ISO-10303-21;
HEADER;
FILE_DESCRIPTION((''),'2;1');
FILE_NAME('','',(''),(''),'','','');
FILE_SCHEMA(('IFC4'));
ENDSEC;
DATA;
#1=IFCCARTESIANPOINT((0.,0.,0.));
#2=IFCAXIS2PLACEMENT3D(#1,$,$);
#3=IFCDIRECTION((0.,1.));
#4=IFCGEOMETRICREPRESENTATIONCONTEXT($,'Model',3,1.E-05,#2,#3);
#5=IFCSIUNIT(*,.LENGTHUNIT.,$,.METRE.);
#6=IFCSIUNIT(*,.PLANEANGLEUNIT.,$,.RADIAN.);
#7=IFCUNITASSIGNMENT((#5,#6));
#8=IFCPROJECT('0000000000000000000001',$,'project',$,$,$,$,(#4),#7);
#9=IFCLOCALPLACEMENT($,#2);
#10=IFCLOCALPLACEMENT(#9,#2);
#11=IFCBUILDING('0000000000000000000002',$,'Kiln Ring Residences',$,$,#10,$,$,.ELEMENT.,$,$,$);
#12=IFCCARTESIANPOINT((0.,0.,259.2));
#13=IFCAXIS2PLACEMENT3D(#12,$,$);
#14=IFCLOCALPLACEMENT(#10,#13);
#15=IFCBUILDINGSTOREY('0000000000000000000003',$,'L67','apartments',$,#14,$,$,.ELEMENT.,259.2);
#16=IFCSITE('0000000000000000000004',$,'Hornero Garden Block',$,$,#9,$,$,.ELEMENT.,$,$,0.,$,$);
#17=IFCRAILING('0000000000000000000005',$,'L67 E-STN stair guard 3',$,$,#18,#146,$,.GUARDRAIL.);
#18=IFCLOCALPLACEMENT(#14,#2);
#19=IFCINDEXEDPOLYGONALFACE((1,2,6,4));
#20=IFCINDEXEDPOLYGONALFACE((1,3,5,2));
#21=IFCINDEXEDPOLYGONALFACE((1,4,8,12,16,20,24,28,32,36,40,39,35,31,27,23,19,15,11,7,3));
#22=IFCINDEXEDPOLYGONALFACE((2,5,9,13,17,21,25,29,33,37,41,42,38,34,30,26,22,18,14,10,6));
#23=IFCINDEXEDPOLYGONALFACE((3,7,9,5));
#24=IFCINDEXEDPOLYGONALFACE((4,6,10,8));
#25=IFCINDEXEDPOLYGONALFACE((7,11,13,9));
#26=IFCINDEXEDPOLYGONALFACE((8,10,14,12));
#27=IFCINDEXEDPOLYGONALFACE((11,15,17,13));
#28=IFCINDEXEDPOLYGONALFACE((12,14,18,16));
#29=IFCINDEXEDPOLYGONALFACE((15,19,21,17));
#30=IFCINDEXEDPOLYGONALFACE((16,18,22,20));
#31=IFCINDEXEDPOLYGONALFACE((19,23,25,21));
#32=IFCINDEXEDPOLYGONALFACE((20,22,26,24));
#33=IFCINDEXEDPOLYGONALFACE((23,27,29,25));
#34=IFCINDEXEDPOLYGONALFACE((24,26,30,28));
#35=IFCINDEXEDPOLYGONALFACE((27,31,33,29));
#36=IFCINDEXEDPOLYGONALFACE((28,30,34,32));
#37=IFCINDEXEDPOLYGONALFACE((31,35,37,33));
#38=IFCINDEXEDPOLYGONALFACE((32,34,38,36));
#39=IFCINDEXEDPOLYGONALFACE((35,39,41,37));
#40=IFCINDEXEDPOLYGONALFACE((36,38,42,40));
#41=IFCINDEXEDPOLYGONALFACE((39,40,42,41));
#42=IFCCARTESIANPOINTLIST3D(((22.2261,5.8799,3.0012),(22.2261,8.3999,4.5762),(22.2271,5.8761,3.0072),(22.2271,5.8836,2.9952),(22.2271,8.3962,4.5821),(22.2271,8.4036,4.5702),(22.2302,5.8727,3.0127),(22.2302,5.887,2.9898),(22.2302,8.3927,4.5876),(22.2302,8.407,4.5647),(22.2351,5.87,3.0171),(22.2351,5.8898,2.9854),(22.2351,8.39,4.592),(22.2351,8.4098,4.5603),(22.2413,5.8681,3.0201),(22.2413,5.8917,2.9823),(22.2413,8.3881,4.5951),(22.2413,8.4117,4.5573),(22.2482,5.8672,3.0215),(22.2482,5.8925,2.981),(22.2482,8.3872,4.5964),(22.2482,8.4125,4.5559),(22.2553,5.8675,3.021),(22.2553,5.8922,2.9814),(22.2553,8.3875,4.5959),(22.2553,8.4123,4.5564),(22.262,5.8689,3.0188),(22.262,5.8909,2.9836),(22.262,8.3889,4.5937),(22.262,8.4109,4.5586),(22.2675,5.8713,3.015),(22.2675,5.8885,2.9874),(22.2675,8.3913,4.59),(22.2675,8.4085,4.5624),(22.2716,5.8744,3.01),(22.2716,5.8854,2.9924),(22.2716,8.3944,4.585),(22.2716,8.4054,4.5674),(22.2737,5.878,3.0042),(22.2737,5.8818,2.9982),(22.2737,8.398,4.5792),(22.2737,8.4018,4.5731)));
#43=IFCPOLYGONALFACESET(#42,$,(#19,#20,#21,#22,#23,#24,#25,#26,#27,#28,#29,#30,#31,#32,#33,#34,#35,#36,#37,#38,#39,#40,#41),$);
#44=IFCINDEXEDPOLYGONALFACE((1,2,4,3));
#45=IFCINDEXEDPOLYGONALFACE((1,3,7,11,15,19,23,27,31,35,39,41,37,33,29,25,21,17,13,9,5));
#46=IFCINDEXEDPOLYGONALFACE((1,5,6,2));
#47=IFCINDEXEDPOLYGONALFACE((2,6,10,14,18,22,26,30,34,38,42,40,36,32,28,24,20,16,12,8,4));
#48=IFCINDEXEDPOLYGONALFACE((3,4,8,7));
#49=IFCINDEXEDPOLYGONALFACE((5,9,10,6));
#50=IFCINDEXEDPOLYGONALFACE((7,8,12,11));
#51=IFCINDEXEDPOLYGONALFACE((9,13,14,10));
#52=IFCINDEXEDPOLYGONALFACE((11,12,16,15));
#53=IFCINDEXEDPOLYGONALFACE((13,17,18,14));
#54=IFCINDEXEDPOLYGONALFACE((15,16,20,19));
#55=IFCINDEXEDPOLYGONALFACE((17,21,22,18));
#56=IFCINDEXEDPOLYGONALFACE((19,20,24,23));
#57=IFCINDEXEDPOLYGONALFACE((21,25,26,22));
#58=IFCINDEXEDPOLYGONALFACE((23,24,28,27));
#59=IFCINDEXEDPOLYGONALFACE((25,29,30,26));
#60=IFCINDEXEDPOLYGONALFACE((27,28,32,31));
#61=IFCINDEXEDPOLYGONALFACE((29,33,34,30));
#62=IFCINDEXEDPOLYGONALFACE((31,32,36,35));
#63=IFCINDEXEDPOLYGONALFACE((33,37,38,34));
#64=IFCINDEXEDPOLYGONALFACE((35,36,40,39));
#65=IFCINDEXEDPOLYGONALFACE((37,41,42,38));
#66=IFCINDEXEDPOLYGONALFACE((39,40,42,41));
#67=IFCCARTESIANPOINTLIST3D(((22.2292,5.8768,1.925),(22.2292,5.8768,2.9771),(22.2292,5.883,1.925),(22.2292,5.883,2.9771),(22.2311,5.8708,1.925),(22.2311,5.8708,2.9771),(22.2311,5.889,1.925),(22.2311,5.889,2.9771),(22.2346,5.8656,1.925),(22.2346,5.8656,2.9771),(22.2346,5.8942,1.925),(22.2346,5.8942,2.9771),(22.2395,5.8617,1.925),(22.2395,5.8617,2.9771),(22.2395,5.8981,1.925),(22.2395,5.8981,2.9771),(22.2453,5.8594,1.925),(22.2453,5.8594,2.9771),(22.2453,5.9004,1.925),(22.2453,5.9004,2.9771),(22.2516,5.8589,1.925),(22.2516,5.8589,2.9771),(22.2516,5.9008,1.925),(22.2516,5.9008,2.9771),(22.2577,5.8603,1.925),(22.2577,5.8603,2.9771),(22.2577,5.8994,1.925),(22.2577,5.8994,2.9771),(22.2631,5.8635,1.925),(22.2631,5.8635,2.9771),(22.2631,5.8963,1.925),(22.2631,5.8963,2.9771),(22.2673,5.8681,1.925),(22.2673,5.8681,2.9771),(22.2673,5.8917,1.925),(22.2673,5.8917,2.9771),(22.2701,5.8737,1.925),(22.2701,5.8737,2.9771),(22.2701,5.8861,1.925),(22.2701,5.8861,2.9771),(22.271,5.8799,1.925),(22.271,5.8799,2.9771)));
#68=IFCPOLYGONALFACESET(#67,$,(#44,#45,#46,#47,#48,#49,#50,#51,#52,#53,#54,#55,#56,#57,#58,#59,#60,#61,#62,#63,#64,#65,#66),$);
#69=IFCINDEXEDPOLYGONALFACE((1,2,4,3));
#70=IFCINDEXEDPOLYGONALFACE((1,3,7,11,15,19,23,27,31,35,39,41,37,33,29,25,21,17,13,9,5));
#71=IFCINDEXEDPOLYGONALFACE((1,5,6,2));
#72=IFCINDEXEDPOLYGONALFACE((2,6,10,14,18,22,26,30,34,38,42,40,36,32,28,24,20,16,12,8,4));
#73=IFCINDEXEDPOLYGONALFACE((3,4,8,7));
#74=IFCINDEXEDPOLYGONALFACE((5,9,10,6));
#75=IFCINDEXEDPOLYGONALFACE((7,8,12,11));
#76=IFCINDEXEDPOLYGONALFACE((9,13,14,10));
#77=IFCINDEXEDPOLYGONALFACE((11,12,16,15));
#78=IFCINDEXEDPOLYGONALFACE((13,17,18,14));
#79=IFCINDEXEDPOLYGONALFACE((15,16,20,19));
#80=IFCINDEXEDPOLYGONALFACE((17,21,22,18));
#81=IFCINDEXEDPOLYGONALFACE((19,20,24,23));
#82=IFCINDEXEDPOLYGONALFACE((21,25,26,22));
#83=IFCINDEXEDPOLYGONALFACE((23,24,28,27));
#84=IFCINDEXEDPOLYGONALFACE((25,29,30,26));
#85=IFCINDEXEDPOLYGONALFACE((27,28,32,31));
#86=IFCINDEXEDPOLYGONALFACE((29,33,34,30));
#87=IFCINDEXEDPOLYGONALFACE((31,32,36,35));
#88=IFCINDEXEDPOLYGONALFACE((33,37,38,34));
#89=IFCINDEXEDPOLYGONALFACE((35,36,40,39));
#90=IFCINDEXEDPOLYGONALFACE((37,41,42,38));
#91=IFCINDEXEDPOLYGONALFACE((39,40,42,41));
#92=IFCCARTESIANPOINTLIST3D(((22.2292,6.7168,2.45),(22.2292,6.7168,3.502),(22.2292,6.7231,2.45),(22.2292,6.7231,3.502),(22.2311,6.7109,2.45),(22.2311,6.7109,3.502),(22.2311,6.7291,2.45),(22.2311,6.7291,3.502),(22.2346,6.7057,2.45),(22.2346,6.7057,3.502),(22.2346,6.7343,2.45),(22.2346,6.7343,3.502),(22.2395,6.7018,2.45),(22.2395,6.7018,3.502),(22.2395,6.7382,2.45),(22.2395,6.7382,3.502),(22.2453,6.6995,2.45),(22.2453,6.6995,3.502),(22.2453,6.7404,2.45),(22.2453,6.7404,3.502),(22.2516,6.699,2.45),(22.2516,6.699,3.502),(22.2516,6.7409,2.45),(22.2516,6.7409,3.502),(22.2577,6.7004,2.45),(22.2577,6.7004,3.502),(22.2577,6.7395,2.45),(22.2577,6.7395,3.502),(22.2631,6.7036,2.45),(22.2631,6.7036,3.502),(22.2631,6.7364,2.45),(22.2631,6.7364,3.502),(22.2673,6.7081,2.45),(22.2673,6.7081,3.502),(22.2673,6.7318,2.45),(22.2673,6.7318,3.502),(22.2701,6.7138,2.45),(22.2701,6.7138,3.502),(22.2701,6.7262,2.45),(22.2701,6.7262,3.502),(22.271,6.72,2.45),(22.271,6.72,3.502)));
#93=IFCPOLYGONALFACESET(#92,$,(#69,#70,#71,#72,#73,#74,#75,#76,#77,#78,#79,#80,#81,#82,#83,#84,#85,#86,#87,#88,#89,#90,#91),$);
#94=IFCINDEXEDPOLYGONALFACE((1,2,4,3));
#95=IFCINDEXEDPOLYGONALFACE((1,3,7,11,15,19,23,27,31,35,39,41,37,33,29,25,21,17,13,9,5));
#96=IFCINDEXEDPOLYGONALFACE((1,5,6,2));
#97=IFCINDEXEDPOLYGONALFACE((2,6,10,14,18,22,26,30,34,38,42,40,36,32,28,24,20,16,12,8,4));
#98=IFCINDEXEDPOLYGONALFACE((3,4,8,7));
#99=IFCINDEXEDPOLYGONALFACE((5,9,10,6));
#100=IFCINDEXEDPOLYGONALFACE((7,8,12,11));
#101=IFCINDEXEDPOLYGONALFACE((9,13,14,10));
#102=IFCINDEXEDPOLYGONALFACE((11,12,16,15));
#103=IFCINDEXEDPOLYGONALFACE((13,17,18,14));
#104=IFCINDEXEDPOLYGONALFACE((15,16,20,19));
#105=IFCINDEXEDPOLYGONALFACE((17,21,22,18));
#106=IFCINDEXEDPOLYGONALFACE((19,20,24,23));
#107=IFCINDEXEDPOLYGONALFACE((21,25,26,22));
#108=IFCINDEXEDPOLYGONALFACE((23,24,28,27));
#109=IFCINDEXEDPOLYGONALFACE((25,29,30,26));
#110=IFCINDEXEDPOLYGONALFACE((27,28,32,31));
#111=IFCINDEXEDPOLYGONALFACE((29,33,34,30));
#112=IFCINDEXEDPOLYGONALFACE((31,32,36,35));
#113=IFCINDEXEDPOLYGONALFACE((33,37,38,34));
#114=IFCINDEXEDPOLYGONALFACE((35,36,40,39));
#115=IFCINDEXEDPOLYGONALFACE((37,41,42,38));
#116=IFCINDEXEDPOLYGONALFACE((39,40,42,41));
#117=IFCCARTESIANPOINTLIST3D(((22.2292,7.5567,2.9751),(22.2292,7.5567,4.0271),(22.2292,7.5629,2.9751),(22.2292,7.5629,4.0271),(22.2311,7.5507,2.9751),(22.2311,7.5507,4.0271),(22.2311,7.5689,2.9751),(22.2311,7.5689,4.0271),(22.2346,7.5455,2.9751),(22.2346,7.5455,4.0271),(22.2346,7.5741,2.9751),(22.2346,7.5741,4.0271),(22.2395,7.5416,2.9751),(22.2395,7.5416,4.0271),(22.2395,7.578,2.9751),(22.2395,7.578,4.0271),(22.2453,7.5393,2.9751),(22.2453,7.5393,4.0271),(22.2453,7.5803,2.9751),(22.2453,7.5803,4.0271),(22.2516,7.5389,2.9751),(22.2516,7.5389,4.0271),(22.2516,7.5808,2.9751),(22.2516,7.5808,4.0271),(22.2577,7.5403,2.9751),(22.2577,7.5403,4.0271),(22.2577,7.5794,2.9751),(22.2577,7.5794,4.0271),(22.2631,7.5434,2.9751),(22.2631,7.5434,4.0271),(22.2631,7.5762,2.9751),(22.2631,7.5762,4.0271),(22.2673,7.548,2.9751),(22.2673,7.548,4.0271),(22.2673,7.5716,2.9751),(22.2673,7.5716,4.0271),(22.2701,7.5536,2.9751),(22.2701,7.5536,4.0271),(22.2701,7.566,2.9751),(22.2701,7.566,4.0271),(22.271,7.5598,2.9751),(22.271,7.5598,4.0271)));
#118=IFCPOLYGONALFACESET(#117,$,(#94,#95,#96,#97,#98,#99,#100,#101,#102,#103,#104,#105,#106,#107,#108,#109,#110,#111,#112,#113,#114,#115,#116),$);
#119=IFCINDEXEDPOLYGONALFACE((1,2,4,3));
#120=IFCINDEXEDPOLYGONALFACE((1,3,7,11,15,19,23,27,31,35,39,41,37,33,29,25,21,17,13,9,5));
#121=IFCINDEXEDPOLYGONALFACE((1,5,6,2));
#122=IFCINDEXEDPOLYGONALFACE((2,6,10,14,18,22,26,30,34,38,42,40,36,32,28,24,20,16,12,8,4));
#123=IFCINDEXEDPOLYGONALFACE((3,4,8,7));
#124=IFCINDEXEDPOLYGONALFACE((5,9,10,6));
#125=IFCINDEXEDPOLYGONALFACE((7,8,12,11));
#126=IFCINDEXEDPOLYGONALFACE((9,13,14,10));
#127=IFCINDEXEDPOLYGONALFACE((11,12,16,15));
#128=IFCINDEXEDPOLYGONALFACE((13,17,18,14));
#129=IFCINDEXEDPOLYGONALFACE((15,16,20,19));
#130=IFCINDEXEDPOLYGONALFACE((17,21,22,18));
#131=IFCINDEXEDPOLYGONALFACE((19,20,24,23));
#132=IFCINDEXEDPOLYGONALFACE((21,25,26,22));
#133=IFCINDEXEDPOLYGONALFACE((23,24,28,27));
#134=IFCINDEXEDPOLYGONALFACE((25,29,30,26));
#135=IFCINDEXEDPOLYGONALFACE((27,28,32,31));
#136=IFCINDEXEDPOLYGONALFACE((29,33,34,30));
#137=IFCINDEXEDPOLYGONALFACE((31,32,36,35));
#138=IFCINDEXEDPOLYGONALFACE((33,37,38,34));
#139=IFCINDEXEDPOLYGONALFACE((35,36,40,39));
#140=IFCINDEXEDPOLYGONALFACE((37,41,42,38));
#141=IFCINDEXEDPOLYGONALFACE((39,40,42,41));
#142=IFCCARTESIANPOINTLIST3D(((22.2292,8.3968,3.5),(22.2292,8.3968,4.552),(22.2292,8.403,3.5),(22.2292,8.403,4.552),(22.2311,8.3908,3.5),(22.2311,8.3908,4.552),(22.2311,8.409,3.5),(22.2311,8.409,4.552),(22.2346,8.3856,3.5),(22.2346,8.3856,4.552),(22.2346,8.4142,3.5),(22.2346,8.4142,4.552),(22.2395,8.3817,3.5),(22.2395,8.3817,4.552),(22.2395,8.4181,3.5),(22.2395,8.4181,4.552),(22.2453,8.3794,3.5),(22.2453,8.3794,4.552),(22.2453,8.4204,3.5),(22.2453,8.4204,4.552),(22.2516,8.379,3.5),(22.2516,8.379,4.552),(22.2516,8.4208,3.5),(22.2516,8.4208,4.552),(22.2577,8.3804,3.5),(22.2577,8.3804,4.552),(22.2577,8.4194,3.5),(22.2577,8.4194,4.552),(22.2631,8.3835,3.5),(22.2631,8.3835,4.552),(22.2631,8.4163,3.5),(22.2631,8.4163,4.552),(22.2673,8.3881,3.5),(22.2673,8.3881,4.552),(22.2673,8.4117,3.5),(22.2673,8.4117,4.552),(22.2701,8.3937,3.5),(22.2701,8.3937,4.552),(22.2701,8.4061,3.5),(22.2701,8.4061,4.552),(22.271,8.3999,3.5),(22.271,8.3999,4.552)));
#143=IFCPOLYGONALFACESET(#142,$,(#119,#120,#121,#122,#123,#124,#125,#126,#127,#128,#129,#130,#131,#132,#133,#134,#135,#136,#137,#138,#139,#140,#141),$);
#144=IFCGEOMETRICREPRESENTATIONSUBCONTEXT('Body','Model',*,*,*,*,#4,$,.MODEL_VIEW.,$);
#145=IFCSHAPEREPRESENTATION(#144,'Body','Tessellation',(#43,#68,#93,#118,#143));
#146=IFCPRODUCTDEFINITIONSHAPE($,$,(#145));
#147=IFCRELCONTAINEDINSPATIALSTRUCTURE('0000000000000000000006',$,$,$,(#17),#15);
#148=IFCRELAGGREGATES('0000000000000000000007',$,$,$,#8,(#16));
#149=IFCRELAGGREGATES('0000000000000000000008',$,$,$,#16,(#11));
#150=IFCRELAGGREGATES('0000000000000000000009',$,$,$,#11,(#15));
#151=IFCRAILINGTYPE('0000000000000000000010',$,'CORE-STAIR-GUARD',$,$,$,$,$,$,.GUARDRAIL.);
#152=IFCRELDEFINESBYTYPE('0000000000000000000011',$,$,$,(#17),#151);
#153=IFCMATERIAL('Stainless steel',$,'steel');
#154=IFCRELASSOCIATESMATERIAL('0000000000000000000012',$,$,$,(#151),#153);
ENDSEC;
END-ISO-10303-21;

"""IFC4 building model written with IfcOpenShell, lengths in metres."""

from ifc_helpers import new_model, si_unit, direction, frame, origin, origin_2d, place, context, subcontext, project, spatial, circle, extrude, material, type_object, element, save


model = new_model("IFC4")

# Units and contexts
model_context = context("Model", 3, precision=1e-05, world=origin(), true_north=direction((0.0, 1.0)))
body_context = subcontext(model_context, "Body", "Model", "MODEL_VIEW")
ifc_project = project(units=[si_unit("LENGTHUNIT", "METRE"), si_unit("PLANEANGLEUNIT", "RADIAN")], contexts=[model_context])

# Site, building, storey
site_placement = place(None, origin())
site = spatial("IfcSite", under=ifc_project, at=site_placement, Name="Hornero Garden Block", CompositionType="ELEMENT", RefElevation=0.0)
building_placement = place(site_placement, origin())
building = spatial("IfcBuilding", under=site, at=building_placement, Name="Kiln Ring Residences", CompositionType="ELEMENT")
storey_placement = place(building_placement, frame((0.0, 0.0, 259.2)))
storey = spatial("IfcBuildingStorey", under=building, at=storey_placement, Name="L67", Description="apartments", CompositionType="ELEMENT", Elevation=259.2)

# Railing
ifc_material_1 = material(Name="Stainless steel", Category="steel")
railing_type_1 = type_object("IfcRailingType", Name="CORE-STAIR-GUARD", PredefinedType="GUARDRAIL", material=ifc_material_1)
railing_1_placement = place(storey_placement, frame((22.25, 5.8799, 1.925)))
element("IfcRailing", 1, at=railing_1_placement, inside=storey, type_object=railing_type_1, Name="L67 E-STN stair guard 3", PredefinedType="GUARDRAIL", context=body_context, shape_type="SweptSolid", body=[
    extrude(circle(Radius=0.0239, at=origin_2d()), frame((0.0, 0.0, 1.0762), z_axis=(0.0, 0.848008, 0.529984), x_axis=(-1.0, 0.0, 0.0)), (0.0, 0.0, 1.0), 2.9717),
    extrude(circle(Radius=0.021, at=origin_2d()), origin(), (0.0, 0.0, 1.0), 1.052),
    extrude(circle(Radius=0.021, at=origin_2d()), frame((0.0, 0.8401, 0.5249)), (0.0, 0.0, 1.0), 1.052),
    extrude(circle(Radius=0.021, at=origin_2d()), frame((0.0, 1.6799, 1.05)), (0.0, 0.0, 1.0), 1.052),
    extrude(circle(Radius=0.021, at=origin_2d()), frame((0.0, 2.52, 1.575)), (0.0, 0.0, 1.0), 1.052),
])

save(model, "model.ifc")
